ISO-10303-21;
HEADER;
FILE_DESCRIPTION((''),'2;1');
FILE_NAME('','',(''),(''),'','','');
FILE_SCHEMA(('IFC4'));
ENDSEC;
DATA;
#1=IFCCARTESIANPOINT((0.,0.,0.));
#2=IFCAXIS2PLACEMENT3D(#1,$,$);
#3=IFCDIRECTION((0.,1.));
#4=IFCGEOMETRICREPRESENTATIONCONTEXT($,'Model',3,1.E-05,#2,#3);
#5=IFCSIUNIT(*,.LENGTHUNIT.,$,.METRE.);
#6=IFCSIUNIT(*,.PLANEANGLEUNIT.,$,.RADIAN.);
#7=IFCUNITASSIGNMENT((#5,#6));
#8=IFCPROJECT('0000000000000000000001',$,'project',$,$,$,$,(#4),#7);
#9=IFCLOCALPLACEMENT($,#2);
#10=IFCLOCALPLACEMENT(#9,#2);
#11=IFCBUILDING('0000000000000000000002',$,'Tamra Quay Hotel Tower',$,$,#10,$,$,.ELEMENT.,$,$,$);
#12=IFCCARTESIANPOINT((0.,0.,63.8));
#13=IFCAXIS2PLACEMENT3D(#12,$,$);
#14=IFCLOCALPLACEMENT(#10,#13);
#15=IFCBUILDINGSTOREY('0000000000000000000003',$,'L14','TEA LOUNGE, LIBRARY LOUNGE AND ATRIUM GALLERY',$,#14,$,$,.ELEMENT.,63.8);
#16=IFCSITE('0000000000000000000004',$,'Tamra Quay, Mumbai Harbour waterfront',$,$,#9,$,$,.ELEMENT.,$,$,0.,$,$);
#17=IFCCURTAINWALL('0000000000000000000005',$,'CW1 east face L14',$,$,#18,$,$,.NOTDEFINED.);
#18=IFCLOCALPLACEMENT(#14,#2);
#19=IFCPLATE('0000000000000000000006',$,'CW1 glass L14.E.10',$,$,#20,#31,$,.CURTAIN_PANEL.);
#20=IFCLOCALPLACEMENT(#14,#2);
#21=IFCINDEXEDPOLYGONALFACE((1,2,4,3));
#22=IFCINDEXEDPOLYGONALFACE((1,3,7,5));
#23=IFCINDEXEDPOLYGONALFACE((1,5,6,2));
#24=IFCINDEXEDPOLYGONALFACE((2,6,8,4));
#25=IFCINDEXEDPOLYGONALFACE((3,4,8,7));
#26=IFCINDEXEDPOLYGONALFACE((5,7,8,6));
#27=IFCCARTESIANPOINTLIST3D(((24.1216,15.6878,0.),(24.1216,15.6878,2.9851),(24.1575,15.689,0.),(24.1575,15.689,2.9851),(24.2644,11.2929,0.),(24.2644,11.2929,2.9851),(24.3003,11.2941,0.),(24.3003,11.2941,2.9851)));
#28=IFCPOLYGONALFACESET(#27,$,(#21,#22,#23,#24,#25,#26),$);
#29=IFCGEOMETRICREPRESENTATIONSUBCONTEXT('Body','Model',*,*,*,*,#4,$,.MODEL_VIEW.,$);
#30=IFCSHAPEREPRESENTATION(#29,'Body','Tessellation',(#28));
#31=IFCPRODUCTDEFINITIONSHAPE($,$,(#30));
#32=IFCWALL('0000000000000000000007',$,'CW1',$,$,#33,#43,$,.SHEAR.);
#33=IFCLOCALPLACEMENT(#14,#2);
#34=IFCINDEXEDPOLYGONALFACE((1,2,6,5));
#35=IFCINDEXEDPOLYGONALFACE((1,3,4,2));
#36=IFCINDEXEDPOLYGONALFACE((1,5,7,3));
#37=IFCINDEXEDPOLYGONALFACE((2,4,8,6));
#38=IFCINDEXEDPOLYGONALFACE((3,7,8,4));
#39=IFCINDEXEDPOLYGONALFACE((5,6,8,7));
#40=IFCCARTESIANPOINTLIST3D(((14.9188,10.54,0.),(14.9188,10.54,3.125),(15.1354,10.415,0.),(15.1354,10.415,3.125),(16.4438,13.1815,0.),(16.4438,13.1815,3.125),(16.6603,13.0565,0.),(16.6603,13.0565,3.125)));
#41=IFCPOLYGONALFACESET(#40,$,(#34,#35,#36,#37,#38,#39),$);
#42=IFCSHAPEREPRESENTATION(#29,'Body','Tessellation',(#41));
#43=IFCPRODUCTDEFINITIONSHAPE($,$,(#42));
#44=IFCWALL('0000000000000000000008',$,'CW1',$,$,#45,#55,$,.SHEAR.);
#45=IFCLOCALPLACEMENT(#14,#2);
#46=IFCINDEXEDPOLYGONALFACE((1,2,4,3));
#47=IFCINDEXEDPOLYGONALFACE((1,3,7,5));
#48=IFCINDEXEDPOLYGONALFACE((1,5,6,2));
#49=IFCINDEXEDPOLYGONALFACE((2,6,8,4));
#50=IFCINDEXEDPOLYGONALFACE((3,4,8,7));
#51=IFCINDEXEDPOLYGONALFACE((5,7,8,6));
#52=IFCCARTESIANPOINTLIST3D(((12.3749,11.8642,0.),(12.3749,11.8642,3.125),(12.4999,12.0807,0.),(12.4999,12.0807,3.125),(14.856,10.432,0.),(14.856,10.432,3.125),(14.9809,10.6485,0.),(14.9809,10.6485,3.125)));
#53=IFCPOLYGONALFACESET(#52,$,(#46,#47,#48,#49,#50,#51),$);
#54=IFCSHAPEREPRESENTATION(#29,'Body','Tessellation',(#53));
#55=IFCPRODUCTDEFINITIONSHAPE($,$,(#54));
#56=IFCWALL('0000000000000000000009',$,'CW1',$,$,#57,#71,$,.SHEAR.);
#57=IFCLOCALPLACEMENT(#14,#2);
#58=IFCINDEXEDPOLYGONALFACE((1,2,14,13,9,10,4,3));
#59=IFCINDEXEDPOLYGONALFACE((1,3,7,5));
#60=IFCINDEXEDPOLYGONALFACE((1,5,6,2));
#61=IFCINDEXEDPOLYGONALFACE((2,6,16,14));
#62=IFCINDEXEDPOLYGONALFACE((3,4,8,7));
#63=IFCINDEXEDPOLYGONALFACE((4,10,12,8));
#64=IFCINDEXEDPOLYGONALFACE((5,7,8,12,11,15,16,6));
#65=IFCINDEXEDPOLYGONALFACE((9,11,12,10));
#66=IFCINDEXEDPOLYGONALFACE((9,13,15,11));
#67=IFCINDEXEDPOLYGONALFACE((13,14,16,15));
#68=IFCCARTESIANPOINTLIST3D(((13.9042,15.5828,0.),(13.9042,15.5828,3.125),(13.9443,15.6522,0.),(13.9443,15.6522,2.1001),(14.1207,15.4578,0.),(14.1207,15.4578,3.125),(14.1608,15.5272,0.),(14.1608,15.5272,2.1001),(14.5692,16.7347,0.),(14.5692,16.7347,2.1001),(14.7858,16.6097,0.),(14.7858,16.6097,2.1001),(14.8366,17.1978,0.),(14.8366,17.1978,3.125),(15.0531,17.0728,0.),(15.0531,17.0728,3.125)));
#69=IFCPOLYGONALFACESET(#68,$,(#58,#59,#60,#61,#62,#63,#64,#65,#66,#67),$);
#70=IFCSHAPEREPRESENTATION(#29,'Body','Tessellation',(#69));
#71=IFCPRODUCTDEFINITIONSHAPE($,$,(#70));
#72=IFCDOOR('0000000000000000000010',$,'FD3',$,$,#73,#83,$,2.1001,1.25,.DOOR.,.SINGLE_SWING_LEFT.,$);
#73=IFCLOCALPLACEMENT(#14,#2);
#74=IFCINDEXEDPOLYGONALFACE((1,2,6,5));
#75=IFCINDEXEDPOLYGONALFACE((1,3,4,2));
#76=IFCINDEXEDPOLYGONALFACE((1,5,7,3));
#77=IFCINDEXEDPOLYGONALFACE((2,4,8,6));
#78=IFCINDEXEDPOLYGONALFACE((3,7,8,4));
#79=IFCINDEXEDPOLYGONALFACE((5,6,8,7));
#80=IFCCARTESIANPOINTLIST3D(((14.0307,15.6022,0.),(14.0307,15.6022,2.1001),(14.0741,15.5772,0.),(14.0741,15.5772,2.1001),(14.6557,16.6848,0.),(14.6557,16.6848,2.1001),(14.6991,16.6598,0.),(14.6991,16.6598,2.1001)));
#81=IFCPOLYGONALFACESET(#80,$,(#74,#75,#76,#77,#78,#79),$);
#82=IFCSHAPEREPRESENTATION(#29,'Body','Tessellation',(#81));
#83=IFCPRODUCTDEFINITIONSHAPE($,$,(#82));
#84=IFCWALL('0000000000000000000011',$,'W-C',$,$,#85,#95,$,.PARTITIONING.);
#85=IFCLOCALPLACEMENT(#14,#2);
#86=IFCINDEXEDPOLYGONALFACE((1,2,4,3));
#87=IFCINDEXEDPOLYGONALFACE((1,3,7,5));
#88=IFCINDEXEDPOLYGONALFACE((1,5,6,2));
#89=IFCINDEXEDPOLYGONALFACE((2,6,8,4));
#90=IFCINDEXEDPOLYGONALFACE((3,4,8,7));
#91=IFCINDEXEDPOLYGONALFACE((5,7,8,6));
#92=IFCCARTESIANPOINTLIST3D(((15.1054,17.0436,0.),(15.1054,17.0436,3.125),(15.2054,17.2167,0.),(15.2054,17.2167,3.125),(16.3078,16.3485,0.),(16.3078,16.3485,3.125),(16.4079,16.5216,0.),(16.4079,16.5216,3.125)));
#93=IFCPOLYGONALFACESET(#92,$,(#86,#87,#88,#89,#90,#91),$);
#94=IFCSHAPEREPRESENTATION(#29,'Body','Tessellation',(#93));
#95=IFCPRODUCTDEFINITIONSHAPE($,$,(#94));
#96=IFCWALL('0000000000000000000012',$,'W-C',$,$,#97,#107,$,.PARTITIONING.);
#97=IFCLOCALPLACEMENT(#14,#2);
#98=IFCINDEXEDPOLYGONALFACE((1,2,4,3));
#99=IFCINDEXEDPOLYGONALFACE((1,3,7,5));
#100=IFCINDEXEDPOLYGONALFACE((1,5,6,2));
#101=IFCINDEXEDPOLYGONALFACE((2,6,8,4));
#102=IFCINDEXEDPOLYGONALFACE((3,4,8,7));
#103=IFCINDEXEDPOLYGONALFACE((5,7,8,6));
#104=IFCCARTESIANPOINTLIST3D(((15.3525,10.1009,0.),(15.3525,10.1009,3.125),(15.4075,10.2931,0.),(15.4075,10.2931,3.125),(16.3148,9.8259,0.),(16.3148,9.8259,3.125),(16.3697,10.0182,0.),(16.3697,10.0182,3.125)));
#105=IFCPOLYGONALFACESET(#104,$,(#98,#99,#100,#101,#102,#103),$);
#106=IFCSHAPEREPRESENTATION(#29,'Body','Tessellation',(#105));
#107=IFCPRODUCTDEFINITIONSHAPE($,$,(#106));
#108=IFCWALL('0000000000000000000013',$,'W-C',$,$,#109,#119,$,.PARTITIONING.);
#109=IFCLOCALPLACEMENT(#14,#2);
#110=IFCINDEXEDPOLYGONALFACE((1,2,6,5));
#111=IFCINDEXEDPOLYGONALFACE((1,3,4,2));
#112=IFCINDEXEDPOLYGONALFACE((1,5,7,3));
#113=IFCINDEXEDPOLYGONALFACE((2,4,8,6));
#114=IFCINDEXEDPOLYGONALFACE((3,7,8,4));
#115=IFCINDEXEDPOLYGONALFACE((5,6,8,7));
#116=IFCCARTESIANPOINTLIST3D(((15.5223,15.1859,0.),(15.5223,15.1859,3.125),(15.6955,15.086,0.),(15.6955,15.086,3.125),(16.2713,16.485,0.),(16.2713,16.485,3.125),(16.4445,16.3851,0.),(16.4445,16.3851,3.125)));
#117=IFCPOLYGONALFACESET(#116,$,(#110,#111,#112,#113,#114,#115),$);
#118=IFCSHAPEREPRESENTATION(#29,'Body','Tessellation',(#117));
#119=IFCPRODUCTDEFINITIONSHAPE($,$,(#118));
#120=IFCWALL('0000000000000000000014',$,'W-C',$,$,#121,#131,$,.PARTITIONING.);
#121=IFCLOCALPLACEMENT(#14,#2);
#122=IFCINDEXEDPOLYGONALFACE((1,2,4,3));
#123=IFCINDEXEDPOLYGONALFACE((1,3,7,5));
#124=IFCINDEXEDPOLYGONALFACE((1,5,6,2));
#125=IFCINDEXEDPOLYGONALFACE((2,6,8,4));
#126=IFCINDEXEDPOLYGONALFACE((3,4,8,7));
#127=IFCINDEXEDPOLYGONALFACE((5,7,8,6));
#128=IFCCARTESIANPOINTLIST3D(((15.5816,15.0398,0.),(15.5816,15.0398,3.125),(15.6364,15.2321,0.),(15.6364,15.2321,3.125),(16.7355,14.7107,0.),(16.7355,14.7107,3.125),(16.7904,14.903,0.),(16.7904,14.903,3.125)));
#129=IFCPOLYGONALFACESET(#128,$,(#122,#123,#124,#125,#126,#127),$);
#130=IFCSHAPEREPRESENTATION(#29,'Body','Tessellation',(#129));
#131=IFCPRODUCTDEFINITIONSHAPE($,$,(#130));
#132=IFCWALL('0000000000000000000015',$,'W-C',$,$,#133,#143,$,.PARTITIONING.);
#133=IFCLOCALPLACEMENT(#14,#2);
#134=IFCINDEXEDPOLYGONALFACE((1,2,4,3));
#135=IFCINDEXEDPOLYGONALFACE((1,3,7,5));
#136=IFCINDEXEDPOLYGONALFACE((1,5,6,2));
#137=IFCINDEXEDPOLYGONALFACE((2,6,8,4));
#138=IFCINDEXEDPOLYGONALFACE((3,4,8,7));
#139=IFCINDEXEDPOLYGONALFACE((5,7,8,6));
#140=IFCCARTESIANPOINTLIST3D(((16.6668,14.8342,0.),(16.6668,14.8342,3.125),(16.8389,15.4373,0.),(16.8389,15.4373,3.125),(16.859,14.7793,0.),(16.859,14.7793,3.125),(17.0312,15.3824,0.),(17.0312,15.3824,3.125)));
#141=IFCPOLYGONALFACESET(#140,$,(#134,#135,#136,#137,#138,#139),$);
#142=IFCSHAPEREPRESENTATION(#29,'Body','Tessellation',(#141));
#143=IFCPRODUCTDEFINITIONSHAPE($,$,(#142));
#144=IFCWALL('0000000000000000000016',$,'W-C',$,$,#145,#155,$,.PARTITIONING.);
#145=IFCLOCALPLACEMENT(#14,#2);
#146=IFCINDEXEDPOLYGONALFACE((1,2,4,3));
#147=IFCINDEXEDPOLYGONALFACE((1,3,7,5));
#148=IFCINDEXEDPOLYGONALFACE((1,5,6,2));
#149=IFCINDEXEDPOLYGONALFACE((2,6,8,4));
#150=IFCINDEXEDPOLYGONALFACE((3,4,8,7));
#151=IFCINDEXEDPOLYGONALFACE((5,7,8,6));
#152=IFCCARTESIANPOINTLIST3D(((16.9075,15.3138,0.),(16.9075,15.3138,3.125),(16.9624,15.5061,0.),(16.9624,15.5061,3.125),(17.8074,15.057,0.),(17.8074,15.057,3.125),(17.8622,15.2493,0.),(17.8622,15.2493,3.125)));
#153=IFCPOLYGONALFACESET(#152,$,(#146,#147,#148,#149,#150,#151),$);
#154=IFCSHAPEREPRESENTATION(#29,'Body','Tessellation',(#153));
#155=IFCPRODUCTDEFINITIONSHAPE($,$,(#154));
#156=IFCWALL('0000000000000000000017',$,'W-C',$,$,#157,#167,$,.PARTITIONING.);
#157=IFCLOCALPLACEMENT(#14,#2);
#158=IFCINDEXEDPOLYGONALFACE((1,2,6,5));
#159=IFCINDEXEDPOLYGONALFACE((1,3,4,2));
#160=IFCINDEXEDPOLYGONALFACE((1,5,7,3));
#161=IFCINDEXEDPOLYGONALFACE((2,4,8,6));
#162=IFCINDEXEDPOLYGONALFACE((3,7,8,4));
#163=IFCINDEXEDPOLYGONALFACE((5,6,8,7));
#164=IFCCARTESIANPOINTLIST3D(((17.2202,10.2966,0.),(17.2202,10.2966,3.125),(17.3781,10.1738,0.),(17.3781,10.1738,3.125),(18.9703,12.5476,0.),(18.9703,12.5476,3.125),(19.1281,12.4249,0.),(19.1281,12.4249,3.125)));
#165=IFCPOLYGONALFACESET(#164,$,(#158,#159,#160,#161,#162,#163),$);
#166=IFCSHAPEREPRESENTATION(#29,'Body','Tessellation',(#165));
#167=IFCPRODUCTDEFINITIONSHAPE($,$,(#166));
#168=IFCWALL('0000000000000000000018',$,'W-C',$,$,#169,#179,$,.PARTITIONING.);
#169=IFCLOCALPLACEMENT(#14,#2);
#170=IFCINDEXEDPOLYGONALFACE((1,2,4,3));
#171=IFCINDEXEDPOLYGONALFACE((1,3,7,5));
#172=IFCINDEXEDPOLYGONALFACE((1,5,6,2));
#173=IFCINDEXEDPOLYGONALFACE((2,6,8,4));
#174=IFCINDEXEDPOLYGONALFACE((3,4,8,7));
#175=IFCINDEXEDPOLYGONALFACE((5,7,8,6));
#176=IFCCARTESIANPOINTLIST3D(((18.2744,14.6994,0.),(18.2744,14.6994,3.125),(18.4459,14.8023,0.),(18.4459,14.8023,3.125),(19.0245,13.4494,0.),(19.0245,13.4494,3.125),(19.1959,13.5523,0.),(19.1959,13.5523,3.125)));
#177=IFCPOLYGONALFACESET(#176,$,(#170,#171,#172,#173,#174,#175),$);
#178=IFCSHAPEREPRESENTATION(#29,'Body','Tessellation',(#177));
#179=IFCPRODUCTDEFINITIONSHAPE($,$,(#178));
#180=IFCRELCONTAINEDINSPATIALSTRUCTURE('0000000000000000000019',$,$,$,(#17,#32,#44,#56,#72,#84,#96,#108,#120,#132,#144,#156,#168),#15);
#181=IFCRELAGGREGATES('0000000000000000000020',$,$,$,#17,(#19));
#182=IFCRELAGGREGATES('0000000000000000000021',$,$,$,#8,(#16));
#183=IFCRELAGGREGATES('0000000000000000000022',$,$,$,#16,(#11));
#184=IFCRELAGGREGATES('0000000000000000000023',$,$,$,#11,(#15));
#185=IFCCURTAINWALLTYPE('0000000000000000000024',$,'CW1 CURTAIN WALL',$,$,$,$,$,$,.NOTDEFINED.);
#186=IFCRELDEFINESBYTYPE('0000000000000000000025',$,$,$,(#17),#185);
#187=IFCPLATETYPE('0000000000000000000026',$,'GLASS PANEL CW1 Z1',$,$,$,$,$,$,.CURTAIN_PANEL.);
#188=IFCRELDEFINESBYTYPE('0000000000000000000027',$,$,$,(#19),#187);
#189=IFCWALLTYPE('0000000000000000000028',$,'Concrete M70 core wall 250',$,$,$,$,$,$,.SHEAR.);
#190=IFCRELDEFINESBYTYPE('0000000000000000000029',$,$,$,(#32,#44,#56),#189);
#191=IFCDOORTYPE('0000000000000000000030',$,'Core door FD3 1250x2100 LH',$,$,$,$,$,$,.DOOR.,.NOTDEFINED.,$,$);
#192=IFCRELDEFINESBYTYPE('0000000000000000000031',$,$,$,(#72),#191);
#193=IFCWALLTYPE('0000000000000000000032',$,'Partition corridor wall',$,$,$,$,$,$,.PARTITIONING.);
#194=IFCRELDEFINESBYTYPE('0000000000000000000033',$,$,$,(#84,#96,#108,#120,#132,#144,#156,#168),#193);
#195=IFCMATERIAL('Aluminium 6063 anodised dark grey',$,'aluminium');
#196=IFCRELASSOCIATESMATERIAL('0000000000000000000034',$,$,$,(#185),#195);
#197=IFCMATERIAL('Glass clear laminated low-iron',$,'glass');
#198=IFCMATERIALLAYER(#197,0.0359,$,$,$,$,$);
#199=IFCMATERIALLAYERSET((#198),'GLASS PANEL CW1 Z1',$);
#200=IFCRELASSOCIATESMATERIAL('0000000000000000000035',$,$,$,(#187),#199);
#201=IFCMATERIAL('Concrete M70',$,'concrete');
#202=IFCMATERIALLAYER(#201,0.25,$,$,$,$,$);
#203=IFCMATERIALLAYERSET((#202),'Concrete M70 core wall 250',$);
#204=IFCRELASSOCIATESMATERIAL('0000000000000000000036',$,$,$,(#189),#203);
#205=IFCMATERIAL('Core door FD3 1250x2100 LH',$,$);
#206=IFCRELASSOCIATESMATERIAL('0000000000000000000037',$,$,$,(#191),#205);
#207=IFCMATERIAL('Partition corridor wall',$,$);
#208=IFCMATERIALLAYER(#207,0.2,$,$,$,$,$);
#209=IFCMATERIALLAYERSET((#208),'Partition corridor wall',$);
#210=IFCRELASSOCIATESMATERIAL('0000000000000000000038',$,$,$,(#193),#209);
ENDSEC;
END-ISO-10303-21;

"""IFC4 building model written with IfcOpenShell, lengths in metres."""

from ifc_helpers import new_model, si_unit, direction, frame, frame_2d, origin, origin_2d, place, context, subcontext, project, spatial, rectangle, extrude, material, layer, layer_set, type_object, element, fill, aggregate, save


model = new_model("IFC4")

# Units and contexts
model_context = context("Model", 3, precision=1e-05, world=origin(), true_north=direction((0.0, 1.0)))
body_context = subcontext(model_context, "Body", "Model", "MODEL_VIEW")
ifc_project = project(units=[si_unit("LENGTHUNIT", "METRE"), si_unit("PLANEANGLEUNIT", "RADIAN")], contexts=[model_context])

# Site, building, storey
site_placement = place(None, origin())
site = spatial("IfcSite", under=ifc_project, at=site_placement, Name="Tamra Quay, Mumbai Harbour waterfront", CompositionType="ELEMENT", RefElevation=0.0)
building_placement = place(site_placement, origin())
building = spatial("IfcBuilding", under=site, at=building_placement, Name="Tamra Quay Hotel Tower", CompositionType="ELEMENT")
storey_placement = place(building_placement, frame((0.0, 0.0, 63.8)))
storey = spatial("IfcBuildingStorey", under=building, at=storey_placement, Name="L14", Description="TEA LOUNGE, LIBRARY LOUNGE AND ATRIUM GALLERY", CompositionType="ELEMENT", Elevation=63.8)

# Shared definitions
ifc_material_1 = material(Name="Concrete M70", Category="concrete")

# Curtain wall
ifc_material_2 = material(Name="Aluminium 6063 anodised dark grey", Category="aluminium")
curtain_wall_type = type_object("IfcCurtainWallType", Name="CW1 CURTAIN WALL", PredefinedType="NOTDEFINED", material=ifc_material_2)
curtain_wall_placement = place(storey_placement, origin())
curtain_wall = element("IfcCurtainWall", 1, at=curtain_wall_placement, inside=storey, type_object=curtain_wall_type, Name="CW1 east face L14", PredefinedType="NOTDEFINED")

# Plate
ifc_material_3 = material(Name="Glass clear laminated low-iron", Category="glass")
ifc_layer_1 = layer(ifc_material_3, 0.0359)
ifc_layer_set_1 = layer_set([ifc_layer_1], Name="GLASS PANEL CW1 Z1")
plate_type = type_object("IfcPlateType", Name="GLASS PANEL CW1 Z1", PredefinedType="CURTAIN_PANEL", material=ifc_layer_set_1)
plate_1_placement = place(storey_placement, frame((24.2109, 13.491, 0.0), z_axis=(0.0, 0.0, 1.0), x_axis=(-0.032475, 0.999473, 0.0)))
plate_1 = element("IfcPlate", 2, at=plate_1_placement, type_object=plate_type, Name="CW1 glass L14.E.10", PredefinedType="CURTAIN_PANEL", context=body_context, shape_type="SweptSolid", body=[
    extrude(rectangle(XDim=4.3972, YDim=0.0359, at=origin_2d()), origin(), (0.0, 0.0, 1.0), 2.9851),
])
aggregate(curtain_wall, [plate_1])

# Walls
ifc_layer_2 = layer(ifc_material_1, 0.25)
ifc_layer_set_2 = layer_set([ifc_layer_2], Name="Concrete M70 core wall 250")
wall_type_1 = type_object("IfcWallType", Name="Concrete M70 core wall 250", PredefinedType="SHEAR", material=ifc_layer_set_2)
wall_1_placement = place(storey_placement, frame((16.552, 13.1189, 0.0), z_axis=(0.0, 0.0, 1.0), x_axis=(-0.499979, -0.866038, 0.0)))
element("IfcWall", 3, at=wall_1_placement, inside=storey, type_object=wall_type_1, Name="CW1", PredefinedType="SHEAR", context=body_context, shape_type="SweptSolid", body=[
    extrude(rectangle(XDim=3.05, YDim=0.25, at=frame_2d((1.5249, 0.0))), origin(), (0.0, 0.0, 1.0), 3.125),
])
wall_2_placement = place(storey_placement, frame((14.9185, 10.5403, 0.0), z_axis=(0.0, 0.0, 1.0), x_axis=(-0.866064, 0.499934, 0.0)))
element("IfcWall", 4, at=wall_2_placement, inside=storey, type_object=wall_type_1, Name="CW1", PredefinedType="SHEAR", context=body_context, shape_type="SweptSolid", body=[
    extrude(rectangle(XDim=2.8647, YDim=0.25, at=frame_2d((1.4324, 0.0))), origin(), (0.0, 0.0, 1.0), 3.125),
])

# Wall, opening, door
wall_3_placement = place(storey_placement, frame((14.9448, 17.1353, 0.0), z_axis=(0.0, 0.0, 1.0), x_axis=(-0.499983, -0.866035, 0.0)))
wall_3 = element("IfcWall", 5, at=wall_3_placement, inside=storey, type_object=wall_type_1, Name="CW1", PredefinedType="SHEAR", context=body_context, shape_type="SweptSolid", body=[
    extrude(rectangle(XDim=1.8647, YDim=0.25, at=frame_2d((0.9324, 0.0))), origin(), (0.0, 0.0, 1.0), 3.125),
])
opening_placement = place(wall_3_placement, frame((0.5347, 0.0, 0.0)))
opening = element("IfcOpeningElement", 6, at=opening_placement, cuts=wall_3, PredefinedType="OPENING", context=body_context, shape_type="SweptSolid", body=[
    extrude(rectangle(XDim=1.25, YDim=2.1001, at=frame_2d((0.625, 1.05))), frame((0.0, 0.135, 0.0), z_axis=(0.0, -1.0, 0.0), x_axis=(1.0, 0.0, 0.0)), (0.0, 0.0, 1.0), 0.27),
])
ifc_material_4 = material(Name="Core door FD3 1250x2100 LH")
door_type = type_object("IfcDoorType", Name="Core door FD3 1250x2100 LH", OperationType="NOTDEFINED", PredefinedType="DOOR", material=ifc_material_4)
door_placement = place(opening_placement, origin())
door = element("IfcDoor", 7, at=door_placement, inside=storey, type_object=door_type, Name="FD3", OperationType="SINGLE_SWING_LEFT", OverallHeight=2.1001, OverallWidth=1.25, PredefinedType="DOOR", context=body_context, shape_type="SweptSolid", body=[
    extrude(rectangle(XDim=1.25, YDim=2.1001, at=frame_2d((0.625, 1.05))), frame((0.0, 0.0249, 0.0), z_axis=(0.0, -1.0, 0.0), x_axis=(1.0, 0.0, 0.0)), (0.0, 0.0, 1.0), 0.05),
])
fill(opening, door)

# Walls
ifc_material_5 = material(Name="Partition corridor wall")
ifc_layer_3 = layer(ifc_material_5, 0.2)
ifc_layer_set_3 = layer_set([ifc_layer_3], Name="Partition corridor wall")
wall_type_2 = type_object("IfcWallType", Name="Partition corridor wall", PredefinedType="PARTITIONING", material=ifc_layer_set_3)
wall_4_placement = place(storey_placement, frame((15.1555, 17.1301, 0.0), z_axis=(0.0, 0.0, 1.0), x_axis=(0.865755, -0.500468, 0.0)))
element("IfcWall", 8, at=wall_4_placement, inside=storey, type_object=wall_type_2, Name="W-C", PredefinedType="PARTITIONING", context=body_context, shape_type="SweptSolid", body=[
    extrude(rectangle(XDim=1.3889, YDim=0.2, at=frame_2d((0.6943, 0.0))), origin(), (0.0, 0.0, 1.0), 3.125),
])
wall_5_placement = place(storey_placement, frame((15.3799, 10.197, 0.0), z_axis=(0.0, 0.0, 1.0), x_axis=(0.961524, -0.274721, 0.0)))
element("IfcWall", 9, at=wall_5_placement, inside=storey, type_object=wall_type_2, Name="W-C", PredefinedType="PARTITIONING", context=body_context, shape_type="SweptSolid", body=[
    extrude(rectangle(XDim=1.0007, YDim=0.2, at=frame_2d((0.5005, 0.0))), origin(), (0.0, 0.0, 1.0), 3.125),
])
wall_6_placement = place(storey_placement, frame((15.6089, 15.136, 0.0), z_axis=(0.0, 0.0, 1.0), x_axis=(0.499502, 0.866313, 0.0)))
element("IfcWall", 10, at=wall_6_placement, inside=storey, type_object=wall_type_2, Name="W-C", PredefinedType="PARTITIONING", context=body_context, shape_type="SweptSolid", body=[
    extrude(rectangle(XDim=1.4995, YDim=0.2, at=frame_2d((0.7498, 0.0))), origin(), (0.0, 0.0, 1.0), 3.125),
])
wall_7_placement = place(storey_placement, frame((15.6089, 15.136, 0.0), z_axis=(0.0, 0.0, 1.0), x_axis=(0.961662, -0.274237, 0.0)))
element("IfcWall", 11, at=wall_7_placement, inside=storey, type_object=wall_type_2, Name="W-C", PredefinedType="PARTITIONING", context=body_context, shape_type="SweptSolid", body=[
    extrude(rectangle(XDim=1.2, YDim=0.2, at=frame_2d((0.6001, 0.0))), origin(), (0.0, 0.0, 1.0), 3.125),
])
wall_8_placement = place(storey_placement, frame((16.7629, 14.8069, 0.0), z_axis=(0.0, 0.0, 1.0), x_axis=(0.274464, 0.961597, 0.0)))
element("IfcWall", 12, at=wall_8_placement, inside=storey, type_object=wall_type_2, Name="W-C", PredefinedType="PARTITIONING", context=body_context, shape_type="SweptSolid", body=[
    extrude(rectangle(XDim=0.6272, YDim=0.2, at=frame_2d((0.3135, 0.0))), origin(), (0.0, 0.0, 1.0), 3.125),
])
wall_9_placement = place(storey_placement, frame((16.9351, 15.4099, 0.0), z_axis=(0.0, 0.0, 1.0), x_axis=(0.961603, -0.274445, 0.0)))
element("IfcWall", 13, at=wall_9_placement, inside=storey, type_object=wall_type_2, Name="W-C", PredefinedType="PARTITIONING", context=body_context, shape_type="SweptSolid", body=[
    extrude(rectangle(XDim=0.9358, YDim=0.2, at=frame_2d((0.4678, 0.0))), origin(), (0.0, 0.0, 1.0), 3.125),
])
wall_10_placement = place(storey_placement, frame((17.2991, 10.2351, 0.0), z_axis=(0.0, 0.0, 1.0), x_axis=(0.613775, 0.789481, 0.0)))
element("IfcWall", 14, at=wall_10_placement, inside=storey, type_object=wall_type_2, Name="W-C", PredefinedType="PARTITIONING", context=body_context, shape_type="SweptSolid", body=[
    extrude(rectangle(XDim=2.8513, YDim=0.2, at=frame_2d((1.4258, 0.0))), origin(), (0.0, 0.0, 1.0), 3.125),
])
wall_11_placement = place(storey_placement, frame((18.3601, 14.751, 0.0), z_axis=(0.0, 0.0, 1.0), x_axis=(0.514496, -0.857493, 0.0)))
element("IfcWall", 15, at=wall_11_placement, inside=storey, type_object=wall_type_2, Name="W-C", PredefinedType="PARTITIONING", context=body_context, shape_type="SweptSolid", body=[
    extrude(rectangle(XDim=1.4578, YDim=0.2, at=frame_2d((0.729, 0.0))), origin(), (0.0, 0.0, 1.0), 3.125),
])

save(model, "model.ifc")
